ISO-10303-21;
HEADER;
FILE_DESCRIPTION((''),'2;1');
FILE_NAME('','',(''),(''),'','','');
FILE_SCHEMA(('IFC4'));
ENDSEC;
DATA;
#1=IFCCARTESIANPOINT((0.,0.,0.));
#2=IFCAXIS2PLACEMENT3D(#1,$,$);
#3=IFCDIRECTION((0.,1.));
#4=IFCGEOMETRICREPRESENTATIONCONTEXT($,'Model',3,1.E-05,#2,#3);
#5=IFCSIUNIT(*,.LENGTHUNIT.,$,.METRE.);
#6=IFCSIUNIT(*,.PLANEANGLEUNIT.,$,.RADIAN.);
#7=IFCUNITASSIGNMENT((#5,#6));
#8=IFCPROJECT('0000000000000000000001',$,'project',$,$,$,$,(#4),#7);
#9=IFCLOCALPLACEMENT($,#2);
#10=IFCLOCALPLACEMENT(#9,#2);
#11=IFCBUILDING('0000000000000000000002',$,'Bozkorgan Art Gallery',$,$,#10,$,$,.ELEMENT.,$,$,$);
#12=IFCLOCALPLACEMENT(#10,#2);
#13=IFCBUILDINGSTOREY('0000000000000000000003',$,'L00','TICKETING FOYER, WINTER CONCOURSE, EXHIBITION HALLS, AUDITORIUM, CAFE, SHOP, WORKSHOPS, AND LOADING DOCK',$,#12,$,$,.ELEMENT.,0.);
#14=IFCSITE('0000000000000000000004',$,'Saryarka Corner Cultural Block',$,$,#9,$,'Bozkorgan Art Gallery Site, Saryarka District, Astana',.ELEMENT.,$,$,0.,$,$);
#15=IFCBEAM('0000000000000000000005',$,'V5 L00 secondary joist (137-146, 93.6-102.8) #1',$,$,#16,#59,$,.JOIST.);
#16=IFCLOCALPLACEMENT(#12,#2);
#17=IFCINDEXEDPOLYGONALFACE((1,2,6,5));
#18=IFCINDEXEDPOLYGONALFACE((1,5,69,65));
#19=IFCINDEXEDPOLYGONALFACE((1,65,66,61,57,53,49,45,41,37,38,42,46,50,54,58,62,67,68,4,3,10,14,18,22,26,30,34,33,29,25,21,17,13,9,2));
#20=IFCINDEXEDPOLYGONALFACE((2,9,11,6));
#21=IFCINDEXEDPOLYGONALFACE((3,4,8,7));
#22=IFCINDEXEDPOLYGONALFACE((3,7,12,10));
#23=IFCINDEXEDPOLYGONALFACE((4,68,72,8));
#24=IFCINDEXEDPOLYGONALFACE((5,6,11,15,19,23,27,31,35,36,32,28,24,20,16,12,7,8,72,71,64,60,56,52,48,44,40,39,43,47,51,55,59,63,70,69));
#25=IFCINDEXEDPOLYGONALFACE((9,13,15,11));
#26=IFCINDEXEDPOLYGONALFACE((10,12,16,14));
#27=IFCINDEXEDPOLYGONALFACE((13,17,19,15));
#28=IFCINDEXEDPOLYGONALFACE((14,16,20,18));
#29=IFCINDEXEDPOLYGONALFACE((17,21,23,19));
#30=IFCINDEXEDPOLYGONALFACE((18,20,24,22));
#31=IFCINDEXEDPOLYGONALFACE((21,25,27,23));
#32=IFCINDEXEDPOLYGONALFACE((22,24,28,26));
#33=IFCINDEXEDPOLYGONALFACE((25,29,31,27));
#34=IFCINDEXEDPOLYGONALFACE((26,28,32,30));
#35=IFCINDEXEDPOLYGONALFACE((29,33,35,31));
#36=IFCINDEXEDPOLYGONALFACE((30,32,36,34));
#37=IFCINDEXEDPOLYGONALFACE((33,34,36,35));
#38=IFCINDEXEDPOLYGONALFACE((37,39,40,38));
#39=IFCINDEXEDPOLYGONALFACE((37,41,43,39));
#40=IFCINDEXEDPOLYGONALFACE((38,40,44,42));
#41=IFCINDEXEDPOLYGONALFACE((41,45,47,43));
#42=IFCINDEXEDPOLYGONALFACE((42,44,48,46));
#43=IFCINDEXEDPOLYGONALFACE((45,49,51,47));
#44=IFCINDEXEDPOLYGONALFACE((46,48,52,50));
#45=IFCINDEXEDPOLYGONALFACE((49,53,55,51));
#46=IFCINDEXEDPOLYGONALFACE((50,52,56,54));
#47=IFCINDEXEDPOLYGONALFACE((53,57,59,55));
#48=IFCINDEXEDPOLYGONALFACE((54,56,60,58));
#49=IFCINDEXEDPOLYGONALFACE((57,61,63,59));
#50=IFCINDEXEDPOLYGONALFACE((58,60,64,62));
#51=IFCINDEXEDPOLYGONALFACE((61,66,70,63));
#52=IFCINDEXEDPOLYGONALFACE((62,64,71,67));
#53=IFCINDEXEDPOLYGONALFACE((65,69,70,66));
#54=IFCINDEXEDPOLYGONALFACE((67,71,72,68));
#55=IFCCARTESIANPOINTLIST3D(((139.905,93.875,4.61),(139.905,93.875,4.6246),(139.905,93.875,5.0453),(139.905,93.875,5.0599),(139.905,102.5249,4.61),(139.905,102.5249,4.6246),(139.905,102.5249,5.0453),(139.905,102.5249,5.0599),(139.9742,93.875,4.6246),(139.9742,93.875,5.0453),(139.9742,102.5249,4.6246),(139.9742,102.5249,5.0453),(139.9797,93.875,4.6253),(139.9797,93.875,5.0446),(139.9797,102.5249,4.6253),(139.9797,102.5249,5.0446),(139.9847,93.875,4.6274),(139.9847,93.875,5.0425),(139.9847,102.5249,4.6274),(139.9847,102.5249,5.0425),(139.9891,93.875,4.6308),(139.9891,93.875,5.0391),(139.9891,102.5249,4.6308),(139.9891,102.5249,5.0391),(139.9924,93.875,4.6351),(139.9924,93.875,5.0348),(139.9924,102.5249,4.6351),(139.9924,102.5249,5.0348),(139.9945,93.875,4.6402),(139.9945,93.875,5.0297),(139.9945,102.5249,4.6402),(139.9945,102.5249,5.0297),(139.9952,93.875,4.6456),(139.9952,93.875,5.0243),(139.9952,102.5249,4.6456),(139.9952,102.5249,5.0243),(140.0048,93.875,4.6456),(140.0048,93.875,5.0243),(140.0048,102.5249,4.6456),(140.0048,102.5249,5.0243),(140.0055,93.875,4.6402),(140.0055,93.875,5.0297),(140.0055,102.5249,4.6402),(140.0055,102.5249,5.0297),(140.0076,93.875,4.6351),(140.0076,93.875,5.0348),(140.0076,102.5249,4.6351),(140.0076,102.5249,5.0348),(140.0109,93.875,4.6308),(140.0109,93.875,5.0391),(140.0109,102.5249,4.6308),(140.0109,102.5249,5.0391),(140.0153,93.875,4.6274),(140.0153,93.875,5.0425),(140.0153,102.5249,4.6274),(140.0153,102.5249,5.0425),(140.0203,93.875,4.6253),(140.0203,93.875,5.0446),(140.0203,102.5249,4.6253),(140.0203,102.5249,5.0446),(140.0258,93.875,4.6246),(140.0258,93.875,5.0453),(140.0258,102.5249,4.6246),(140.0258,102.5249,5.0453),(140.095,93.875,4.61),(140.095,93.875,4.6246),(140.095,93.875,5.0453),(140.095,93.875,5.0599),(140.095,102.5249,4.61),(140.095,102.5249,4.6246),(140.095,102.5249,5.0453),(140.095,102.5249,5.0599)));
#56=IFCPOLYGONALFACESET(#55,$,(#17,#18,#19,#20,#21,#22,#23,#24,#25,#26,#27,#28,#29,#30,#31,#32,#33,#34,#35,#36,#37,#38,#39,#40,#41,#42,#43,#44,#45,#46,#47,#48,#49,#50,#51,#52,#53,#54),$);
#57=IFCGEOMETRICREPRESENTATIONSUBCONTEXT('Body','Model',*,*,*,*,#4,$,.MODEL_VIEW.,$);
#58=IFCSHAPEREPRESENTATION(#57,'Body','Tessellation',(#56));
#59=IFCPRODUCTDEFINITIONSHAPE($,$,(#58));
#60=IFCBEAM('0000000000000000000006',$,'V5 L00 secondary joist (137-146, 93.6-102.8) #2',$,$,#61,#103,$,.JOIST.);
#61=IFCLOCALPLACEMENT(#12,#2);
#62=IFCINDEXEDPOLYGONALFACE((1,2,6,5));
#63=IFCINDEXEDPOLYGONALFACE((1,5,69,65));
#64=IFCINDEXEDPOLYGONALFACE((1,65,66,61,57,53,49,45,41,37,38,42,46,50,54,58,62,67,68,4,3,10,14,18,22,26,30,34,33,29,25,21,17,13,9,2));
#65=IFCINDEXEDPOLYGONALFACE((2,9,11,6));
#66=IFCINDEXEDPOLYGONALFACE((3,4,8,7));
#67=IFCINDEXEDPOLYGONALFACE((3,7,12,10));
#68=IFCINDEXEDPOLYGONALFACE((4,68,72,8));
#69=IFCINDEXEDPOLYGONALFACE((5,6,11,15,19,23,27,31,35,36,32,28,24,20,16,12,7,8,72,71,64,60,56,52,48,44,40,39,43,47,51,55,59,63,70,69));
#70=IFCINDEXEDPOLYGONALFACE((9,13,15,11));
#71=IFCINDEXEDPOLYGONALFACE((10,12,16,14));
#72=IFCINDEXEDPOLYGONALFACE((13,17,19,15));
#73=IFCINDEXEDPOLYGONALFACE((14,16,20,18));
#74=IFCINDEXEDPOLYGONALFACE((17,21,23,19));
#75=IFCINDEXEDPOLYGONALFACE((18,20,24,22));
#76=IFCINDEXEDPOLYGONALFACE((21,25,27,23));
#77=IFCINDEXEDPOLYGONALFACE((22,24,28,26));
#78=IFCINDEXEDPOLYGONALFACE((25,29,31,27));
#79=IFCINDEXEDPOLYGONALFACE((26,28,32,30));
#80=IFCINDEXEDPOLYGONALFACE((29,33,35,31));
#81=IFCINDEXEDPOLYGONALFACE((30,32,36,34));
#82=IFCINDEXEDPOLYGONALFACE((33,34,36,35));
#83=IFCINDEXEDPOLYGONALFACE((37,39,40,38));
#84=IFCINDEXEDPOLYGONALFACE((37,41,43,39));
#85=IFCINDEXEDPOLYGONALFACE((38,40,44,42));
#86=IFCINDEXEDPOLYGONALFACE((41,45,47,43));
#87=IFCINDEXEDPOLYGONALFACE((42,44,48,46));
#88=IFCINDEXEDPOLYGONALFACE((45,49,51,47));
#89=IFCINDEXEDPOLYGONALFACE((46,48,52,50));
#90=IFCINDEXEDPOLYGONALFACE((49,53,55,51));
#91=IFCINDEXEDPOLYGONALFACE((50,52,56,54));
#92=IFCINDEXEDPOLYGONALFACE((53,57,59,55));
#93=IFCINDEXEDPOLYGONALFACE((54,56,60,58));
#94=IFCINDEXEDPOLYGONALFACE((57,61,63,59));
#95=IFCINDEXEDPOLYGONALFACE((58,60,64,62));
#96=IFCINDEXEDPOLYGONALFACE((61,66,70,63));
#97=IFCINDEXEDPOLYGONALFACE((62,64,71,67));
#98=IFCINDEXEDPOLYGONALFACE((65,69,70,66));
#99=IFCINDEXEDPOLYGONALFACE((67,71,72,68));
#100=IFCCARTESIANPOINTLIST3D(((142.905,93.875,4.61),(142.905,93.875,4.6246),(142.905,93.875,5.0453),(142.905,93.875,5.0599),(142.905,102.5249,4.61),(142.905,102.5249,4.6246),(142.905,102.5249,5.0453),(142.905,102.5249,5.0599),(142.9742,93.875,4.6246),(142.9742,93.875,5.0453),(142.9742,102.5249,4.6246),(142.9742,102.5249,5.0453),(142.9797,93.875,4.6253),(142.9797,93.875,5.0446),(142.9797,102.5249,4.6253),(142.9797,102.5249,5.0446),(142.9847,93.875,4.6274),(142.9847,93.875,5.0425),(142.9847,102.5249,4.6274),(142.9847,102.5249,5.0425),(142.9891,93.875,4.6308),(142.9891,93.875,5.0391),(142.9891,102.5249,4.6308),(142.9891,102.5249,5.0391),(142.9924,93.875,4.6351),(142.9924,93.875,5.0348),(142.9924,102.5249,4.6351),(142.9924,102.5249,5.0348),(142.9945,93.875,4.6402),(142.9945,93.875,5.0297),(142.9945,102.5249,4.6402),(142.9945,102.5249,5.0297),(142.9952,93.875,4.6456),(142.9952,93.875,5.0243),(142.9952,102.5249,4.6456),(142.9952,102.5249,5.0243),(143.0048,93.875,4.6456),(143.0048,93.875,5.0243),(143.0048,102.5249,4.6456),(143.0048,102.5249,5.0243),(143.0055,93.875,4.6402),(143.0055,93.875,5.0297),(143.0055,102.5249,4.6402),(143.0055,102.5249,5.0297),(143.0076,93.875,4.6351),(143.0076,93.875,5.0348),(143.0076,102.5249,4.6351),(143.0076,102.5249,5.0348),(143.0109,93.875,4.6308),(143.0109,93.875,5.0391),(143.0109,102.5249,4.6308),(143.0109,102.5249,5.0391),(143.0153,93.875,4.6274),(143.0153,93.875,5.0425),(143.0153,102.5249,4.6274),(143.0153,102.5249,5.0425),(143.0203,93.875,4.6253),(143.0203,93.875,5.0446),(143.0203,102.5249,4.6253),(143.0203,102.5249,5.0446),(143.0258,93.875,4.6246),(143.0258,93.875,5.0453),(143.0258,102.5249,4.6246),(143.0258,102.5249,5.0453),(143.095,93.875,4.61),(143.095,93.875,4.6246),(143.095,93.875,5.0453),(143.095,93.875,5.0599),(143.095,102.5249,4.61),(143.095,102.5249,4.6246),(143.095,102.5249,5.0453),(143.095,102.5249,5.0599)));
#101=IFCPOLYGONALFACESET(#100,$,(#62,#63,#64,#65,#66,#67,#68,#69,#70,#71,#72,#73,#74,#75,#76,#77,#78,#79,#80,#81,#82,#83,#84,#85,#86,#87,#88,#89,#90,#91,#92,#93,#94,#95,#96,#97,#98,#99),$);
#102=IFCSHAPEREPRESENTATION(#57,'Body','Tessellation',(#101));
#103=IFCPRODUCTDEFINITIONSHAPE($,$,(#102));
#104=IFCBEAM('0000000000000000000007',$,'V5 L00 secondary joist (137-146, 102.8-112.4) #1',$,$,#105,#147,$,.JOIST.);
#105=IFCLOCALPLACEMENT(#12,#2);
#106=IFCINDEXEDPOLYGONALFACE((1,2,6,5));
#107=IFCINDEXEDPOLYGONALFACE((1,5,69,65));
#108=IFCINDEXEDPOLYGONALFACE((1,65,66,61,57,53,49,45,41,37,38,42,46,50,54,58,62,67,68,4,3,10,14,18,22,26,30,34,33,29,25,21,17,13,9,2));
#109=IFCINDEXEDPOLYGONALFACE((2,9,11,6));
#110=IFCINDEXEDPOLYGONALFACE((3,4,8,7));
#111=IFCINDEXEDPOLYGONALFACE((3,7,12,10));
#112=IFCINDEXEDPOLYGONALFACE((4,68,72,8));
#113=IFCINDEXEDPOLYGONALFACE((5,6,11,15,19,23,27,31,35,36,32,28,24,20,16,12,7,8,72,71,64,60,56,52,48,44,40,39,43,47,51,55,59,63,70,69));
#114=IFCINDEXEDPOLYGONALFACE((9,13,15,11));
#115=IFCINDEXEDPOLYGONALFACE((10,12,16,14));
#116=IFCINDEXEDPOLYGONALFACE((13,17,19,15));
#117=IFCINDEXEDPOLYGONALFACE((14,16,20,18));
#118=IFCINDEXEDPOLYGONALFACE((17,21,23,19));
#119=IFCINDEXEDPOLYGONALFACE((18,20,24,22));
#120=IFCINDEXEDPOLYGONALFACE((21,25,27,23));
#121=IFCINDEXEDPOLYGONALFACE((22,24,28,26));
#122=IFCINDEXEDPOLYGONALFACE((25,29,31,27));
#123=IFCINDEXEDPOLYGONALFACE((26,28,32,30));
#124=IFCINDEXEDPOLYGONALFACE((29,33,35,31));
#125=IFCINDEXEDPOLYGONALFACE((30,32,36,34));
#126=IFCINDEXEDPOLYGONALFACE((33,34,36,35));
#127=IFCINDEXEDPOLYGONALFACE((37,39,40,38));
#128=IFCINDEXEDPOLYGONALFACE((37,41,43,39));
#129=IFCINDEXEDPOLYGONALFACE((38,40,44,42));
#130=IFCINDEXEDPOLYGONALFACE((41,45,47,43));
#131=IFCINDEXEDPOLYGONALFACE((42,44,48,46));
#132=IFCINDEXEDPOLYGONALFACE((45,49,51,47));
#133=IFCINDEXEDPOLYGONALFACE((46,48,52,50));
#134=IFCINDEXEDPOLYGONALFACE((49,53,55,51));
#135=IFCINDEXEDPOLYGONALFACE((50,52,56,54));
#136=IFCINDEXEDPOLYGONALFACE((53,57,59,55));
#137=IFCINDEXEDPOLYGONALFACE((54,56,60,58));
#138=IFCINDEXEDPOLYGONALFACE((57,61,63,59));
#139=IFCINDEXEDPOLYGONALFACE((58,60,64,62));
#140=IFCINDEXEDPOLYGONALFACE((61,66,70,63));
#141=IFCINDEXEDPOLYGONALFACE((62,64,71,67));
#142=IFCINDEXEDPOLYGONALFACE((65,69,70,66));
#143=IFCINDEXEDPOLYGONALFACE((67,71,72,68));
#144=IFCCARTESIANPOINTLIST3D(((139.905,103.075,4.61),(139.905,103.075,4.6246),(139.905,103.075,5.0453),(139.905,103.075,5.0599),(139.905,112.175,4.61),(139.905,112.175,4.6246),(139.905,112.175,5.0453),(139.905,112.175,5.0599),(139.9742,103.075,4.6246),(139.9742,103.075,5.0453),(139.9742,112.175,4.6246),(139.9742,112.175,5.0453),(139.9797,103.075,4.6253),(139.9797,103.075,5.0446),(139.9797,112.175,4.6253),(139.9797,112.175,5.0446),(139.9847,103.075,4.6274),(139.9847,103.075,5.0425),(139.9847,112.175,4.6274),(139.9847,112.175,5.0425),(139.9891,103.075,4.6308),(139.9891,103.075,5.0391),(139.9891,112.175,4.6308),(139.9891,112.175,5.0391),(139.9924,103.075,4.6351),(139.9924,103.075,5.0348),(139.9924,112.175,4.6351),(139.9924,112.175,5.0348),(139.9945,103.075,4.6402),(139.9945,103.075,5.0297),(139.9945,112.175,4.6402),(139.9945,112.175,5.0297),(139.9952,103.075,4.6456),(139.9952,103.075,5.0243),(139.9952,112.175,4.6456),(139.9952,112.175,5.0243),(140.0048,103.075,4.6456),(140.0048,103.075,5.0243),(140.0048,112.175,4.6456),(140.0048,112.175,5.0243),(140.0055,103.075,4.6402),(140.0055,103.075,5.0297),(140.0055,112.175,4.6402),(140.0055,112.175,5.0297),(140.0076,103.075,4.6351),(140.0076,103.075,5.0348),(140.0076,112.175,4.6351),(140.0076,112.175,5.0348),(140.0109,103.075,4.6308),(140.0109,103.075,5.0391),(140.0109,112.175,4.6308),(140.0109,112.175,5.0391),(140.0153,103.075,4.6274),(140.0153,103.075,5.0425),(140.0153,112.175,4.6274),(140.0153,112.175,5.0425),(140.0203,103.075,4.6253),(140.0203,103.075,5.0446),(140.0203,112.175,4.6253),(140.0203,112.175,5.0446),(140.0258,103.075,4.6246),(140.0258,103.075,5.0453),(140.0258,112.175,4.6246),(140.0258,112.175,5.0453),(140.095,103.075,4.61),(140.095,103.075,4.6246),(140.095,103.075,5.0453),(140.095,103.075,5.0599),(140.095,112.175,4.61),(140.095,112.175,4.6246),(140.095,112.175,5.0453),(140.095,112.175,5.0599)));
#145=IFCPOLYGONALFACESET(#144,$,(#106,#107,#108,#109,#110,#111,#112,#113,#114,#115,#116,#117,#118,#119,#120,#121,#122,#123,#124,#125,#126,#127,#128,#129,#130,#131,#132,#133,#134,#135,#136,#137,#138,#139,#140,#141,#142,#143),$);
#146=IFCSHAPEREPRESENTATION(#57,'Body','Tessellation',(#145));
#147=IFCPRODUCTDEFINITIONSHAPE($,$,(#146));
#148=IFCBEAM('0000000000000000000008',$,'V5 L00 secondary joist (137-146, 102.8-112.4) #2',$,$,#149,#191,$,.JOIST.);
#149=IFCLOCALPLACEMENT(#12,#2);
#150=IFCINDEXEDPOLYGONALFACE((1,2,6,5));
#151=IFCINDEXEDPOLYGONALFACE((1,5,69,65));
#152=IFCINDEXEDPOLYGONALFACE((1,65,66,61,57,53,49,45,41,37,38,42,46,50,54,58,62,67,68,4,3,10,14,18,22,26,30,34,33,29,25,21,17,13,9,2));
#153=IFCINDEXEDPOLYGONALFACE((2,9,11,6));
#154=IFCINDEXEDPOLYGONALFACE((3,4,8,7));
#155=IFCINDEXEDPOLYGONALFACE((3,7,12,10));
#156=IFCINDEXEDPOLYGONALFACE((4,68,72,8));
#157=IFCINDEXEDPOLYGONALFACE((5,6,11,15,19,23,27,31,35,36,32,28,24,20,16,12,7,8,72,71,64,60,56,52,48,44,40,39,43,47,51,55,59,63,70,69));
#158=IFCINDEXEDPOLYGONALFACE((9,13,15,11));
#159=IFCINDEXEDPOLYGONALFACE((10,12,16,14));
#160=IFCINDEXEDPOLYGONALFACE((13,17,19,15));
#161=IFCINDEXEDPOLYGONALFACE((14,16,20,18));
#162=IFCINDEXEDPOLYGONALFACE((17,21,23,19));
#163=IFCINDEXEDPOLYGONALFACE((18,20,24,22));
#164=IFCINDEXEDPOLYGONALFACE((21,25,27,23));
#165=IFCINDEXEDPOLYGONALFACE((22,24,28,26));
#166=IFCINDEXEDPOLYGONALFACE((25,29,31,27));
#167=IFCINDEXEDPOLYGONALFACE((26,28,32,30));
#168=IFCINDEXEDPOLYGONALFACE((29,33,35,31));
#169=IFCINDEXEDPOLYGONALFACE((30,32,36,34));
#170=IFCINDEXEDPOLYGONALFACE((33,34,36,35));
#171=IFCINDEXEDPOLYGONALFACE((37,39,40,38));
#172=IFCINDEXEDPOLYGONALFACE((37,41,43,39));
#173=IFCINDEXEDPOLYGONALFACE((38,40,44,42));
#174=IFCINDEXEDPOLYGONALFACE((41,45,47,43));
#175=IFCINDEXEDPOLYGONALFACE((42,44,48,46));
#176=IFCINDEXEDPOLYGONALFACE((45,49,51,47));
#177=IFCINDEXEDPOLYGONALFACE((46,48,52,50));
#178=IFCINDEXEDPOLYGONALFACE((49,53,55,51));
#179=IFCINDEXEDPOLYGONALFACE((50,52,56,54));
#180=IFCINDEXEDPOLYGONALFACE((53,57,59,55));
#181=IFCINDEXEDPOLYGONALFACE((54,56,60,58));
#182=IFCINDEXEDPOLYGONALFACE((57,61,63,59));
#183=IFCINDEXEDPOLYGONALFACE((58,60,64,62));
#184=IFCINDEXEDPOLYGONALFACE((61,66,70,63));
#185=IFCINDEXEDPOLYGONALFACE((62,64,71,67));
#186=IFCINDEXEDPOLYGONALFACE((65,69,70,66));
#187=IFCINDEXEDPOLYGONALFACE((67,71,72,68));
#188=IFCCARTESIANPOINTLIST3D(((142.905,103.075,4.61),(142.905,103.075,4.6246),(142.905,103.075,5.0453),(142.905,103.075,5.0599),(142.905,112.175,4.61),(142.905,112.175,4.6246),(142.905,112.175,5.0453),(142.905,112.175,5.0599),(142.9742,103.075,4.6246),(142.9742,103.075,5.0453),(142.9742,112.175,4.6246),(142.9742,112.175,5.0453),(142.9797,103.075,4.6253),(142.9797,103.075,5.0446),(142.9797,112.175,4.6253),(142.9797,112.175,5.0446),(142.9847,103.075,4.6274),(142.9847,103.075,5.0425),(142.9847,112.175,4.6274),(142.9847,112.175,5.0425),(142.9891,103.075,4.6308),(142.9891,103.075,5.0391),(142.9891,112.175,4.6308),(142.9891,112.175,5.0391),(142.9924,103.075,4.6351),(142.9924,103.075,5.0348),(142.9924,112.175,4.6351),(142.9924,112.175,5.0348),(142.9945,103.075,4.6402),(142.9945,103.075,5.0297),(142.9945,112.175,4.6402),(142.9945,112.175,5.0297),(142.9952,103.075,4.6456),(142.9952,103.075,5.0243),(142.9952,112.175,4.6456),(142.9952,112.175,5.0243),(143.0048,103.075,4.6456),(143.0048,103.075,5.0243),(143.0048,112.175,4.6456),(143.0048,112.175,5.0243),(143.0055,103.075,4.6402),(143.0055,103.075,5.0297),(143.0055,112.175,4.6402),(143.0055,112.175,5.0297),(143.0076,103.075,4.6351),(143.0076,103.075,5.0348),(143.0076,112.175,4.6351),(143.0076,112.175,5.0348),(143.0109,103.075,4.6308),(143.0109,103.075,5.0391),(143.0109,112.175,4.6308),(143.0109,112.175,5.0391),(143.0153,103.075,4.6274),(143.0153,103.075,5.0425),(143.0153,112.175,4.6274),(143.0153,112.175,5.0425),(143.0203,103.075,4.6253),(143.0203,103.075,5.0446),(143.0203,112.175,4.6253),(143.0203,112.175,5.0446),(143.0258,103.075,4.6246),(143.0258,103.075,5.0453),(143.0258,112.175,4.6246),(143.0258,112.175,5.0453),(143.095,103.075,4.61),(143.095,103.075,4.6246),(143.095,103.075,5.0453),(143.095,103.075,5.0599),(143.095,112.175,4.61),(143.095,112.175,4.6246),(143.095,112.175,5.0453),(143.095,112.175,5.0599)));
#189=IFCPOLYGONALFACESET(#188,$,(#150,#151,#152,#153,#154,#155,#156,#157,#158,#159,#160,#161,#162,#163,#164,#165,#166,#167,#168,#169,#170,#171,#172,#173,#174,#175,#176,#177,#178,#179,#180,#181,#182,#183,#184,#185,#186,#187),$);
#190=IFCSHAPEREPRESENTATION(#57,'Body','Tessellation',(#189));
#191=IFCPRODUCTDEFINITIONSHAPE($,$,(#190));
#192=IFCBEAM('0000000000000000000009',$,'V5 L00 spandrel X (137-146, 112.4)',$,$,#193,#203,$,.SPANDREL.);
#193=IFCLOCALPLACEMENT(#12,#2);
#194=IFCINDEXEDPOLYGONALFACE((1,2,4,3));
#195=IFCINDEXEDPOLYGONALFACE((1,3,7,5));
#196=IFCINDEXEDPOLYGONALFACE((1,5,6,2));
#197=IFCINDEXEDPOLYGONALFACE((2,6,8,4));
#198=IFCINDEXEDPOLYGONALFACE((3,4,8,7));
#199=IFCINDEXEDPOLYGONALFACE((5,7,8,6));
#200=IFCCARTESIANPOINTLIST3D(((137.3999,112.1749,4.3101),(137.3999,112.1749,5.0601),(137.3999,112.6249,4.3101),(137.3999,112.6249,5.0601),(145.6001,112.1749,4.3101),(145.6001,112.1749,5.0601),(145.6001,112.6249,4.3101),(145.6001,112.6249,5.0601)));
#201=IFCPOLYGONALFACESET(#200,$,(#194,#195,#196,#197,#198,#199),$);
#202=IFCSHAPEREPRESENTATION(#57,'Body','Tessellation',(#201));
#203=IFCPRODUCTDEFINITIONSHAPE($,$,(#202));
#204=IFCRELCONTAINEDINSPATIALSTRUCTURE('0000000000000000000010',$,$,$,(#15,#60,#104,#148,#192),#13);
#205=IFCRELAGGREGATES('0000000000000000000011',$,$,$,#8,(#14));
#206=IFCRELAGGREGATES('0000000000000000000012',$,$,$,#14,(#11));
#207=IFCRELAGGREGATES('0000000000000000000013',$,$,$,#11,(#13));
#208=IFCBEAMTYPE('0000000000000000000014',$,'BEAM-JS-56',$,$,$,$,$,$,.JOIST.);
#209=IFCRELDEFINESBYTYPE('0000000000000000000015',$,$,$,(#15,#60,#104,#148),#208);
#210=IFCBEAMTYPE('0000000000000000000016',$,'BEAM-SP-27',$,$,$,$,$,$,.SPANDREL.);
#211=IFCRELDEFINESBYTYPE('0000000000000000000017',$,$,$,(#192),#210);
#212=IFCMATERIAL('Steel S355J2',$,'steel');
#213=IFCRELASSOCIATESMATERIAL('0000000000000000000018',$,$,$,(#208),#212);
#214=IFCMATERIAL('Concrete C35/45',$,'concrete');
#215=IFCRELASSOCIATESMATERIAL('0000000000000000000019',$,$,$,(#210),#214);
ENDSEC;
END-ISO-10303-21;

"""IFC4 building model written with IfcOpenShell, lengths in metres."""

from ifc_helpers import new_model, si_unit, direction, frame, origin, origin_2d, place, context, subcontext, project, spatial, rectangle, i_section, extrude, material, material_profile, profile_set, type_object, element, save


model = new_model("IFC4")

# Units and contexts
model_context = context("Model", 3, precision=1e-05, world=origin(), true_north=direction((0.0, 1.0)))
body_context = subcontext(model_context, "Body", "Model", "MODEL_VIEW")
ifc_project = project(units=[si_unit("LENGTHUNIT", "METRE"), si_unit("PLANEANGLEUNIT", "RADIAN")], contexts=[model_context])

# Site, building, storey
site_placement = place(None, origin())
site = spatial("IfcSite", under=ifc_project, at=site_placement, Name="Saryarka Corner Cultural Block", LongName="Bozkorgan Art Gallery Site, Saryarka District, Astana", CompositionType="ELEMENT", RefElevation=0.0)
building_placement = place(site_placement, origin())
building = spatial("IfcBuilding", under=site, at=building_placement, Name="Bozkorgan Art Gallery", CompositionType="ELEMENT")
storey_placement = place(building_placement, origin())
storey = spatial("IfcBuildingStorey", under=building, at=storey_placement, Name="L00", Description="TICKETING FOYER, WINTER CONCOURSE, EXHIBITION HALLS, AUDITORIUM, CAFE, SHOP, WORKSHOPS, AND LOADING DOCK", CompositionType="ELEMENT", Elevation=0.0)

# Beams
ifc_material_1 = material(Name="Concrete C35/45", Category="concrete")
ifc_material_2 = material(Name="Steel S355J2", Category="steel")
ifc_material_profile_1 = material_profile(ifc_material_2, i_section(OverallWidth=0.1899, OverallDepth=0.45, WebThickness=0.0095, FlangeThickness=0.0146, FilletRadius=0.021, at=origin_2d()), Name="IPE 450")
ifc_profile_set_1 = profile_set([ifc_material_profile_1], Name="Steel S355J2")
beam_type_1 = type_object("IfcBeamType", Name="BEAM-JS-56", PredefinedType="JOIST", material=ifc_profile_set_1)
for number, where, z_axis, x_axis, name in (
    (1, (140.0, 93.875, 4.835), (0.0, 1.0, 0.0), (-1.0, 0.0, 0.0), "V5 L00 secondary joist (137-146, 93.6-102.8) #1"),
    (2, (143.0, 93.875, 4.835), (0.0, 1.0, 0.0), (-1.0, 0.0, 0.0), "V5 L00 secondary joist (137-146, 93.6-102.8) #2"),
):
    element("IfcBeam", number, at=place(storey_placement, frame(where, z_axis=z_axis, x_axis=x_axis)), inside=storey, type_object=beam_type_1, Name=name, PredefinedType="JOIST", context=body_context, shape_type="SweptSolid", body=[
        extrude(i_section(OverallWidth=0.1899, OverallDepth=0.45, WebThickness=0.0095, FlangeThickness=0.0146, FilletRadius=0.021, at=origin_2d()), origin(), (0.0, 0.0, 1.0), 8.6499),
    ])
for number, where, z_axis, x_axis, name in (
    (3, (140.0, 103.075, 4.835), (0.0, 1.0, 0.0), (-1.0, 0.0, 0.0), "V5 L00 secondary joist (137-146, 102.8-112.4) #1"),
    (4, (143.0, 103.075, 4.835), (0.0, 1.0, 0.0), (-1.0, 0.0, 0.0), "V5 L00 secondary joist (137-146, 102.8-112.4) #2"),
):
    element("IfcBeam", number, at=place(storey_placement, frame(where, z_axis=z_axis, x_axis=x_axis)), inside=storey, type_object=beam_type_1, Name=name, PredefinedType="JOIST", context=body_context, shape_type="SweptSolid", body=[
        extrude(i_section(OverallWidth=0.1899, OverallDepth=0.45, WebThickness=0.0095, FlangeThickness=0.0146, FilletRadius=0.021, at=origin_2d()), origin(), (0.0, 0.0, 1.0), 9.1001),
    ])
ifc_material_profile_2 = material_profile(ifc_material_1, rectangle(XDim=0.45, YDim=0.75, at=origin_2d()), Name="RC 450x750")
ifc_profile_set_2 = profile_set([ifc_material_profile_2], Name="Concrete C35/45")
beam_type_2 = type_object("IfcBeamType", Name="BEAM-SP-27", PredefinedType="SPANDREL", material=ifc_profile_set_2)
beam_1_placement = place(storey_placement, frame((137.3999, 112.3999, 4.6851), z_axis=(1.0, 0.0, 0.0), x_axis=(0.0, 1.0, 0.0)))
element("IfcBeam", 5, at=beam_1_placement, inside=storey, type_object=beam_type_2, Name="V5 L00 spandrel X (137-146, 112.4)", PredefinedType="SPANDREL", context=body_context, shape_type="SweptSolid", body=[
    extrude(rectangle(XDim=0.45, YDim=0.75, at=origin_2d()), origin(), (0.0, 0.0, 1.0), 8.2002),
])

save(model, "model.ifc")
